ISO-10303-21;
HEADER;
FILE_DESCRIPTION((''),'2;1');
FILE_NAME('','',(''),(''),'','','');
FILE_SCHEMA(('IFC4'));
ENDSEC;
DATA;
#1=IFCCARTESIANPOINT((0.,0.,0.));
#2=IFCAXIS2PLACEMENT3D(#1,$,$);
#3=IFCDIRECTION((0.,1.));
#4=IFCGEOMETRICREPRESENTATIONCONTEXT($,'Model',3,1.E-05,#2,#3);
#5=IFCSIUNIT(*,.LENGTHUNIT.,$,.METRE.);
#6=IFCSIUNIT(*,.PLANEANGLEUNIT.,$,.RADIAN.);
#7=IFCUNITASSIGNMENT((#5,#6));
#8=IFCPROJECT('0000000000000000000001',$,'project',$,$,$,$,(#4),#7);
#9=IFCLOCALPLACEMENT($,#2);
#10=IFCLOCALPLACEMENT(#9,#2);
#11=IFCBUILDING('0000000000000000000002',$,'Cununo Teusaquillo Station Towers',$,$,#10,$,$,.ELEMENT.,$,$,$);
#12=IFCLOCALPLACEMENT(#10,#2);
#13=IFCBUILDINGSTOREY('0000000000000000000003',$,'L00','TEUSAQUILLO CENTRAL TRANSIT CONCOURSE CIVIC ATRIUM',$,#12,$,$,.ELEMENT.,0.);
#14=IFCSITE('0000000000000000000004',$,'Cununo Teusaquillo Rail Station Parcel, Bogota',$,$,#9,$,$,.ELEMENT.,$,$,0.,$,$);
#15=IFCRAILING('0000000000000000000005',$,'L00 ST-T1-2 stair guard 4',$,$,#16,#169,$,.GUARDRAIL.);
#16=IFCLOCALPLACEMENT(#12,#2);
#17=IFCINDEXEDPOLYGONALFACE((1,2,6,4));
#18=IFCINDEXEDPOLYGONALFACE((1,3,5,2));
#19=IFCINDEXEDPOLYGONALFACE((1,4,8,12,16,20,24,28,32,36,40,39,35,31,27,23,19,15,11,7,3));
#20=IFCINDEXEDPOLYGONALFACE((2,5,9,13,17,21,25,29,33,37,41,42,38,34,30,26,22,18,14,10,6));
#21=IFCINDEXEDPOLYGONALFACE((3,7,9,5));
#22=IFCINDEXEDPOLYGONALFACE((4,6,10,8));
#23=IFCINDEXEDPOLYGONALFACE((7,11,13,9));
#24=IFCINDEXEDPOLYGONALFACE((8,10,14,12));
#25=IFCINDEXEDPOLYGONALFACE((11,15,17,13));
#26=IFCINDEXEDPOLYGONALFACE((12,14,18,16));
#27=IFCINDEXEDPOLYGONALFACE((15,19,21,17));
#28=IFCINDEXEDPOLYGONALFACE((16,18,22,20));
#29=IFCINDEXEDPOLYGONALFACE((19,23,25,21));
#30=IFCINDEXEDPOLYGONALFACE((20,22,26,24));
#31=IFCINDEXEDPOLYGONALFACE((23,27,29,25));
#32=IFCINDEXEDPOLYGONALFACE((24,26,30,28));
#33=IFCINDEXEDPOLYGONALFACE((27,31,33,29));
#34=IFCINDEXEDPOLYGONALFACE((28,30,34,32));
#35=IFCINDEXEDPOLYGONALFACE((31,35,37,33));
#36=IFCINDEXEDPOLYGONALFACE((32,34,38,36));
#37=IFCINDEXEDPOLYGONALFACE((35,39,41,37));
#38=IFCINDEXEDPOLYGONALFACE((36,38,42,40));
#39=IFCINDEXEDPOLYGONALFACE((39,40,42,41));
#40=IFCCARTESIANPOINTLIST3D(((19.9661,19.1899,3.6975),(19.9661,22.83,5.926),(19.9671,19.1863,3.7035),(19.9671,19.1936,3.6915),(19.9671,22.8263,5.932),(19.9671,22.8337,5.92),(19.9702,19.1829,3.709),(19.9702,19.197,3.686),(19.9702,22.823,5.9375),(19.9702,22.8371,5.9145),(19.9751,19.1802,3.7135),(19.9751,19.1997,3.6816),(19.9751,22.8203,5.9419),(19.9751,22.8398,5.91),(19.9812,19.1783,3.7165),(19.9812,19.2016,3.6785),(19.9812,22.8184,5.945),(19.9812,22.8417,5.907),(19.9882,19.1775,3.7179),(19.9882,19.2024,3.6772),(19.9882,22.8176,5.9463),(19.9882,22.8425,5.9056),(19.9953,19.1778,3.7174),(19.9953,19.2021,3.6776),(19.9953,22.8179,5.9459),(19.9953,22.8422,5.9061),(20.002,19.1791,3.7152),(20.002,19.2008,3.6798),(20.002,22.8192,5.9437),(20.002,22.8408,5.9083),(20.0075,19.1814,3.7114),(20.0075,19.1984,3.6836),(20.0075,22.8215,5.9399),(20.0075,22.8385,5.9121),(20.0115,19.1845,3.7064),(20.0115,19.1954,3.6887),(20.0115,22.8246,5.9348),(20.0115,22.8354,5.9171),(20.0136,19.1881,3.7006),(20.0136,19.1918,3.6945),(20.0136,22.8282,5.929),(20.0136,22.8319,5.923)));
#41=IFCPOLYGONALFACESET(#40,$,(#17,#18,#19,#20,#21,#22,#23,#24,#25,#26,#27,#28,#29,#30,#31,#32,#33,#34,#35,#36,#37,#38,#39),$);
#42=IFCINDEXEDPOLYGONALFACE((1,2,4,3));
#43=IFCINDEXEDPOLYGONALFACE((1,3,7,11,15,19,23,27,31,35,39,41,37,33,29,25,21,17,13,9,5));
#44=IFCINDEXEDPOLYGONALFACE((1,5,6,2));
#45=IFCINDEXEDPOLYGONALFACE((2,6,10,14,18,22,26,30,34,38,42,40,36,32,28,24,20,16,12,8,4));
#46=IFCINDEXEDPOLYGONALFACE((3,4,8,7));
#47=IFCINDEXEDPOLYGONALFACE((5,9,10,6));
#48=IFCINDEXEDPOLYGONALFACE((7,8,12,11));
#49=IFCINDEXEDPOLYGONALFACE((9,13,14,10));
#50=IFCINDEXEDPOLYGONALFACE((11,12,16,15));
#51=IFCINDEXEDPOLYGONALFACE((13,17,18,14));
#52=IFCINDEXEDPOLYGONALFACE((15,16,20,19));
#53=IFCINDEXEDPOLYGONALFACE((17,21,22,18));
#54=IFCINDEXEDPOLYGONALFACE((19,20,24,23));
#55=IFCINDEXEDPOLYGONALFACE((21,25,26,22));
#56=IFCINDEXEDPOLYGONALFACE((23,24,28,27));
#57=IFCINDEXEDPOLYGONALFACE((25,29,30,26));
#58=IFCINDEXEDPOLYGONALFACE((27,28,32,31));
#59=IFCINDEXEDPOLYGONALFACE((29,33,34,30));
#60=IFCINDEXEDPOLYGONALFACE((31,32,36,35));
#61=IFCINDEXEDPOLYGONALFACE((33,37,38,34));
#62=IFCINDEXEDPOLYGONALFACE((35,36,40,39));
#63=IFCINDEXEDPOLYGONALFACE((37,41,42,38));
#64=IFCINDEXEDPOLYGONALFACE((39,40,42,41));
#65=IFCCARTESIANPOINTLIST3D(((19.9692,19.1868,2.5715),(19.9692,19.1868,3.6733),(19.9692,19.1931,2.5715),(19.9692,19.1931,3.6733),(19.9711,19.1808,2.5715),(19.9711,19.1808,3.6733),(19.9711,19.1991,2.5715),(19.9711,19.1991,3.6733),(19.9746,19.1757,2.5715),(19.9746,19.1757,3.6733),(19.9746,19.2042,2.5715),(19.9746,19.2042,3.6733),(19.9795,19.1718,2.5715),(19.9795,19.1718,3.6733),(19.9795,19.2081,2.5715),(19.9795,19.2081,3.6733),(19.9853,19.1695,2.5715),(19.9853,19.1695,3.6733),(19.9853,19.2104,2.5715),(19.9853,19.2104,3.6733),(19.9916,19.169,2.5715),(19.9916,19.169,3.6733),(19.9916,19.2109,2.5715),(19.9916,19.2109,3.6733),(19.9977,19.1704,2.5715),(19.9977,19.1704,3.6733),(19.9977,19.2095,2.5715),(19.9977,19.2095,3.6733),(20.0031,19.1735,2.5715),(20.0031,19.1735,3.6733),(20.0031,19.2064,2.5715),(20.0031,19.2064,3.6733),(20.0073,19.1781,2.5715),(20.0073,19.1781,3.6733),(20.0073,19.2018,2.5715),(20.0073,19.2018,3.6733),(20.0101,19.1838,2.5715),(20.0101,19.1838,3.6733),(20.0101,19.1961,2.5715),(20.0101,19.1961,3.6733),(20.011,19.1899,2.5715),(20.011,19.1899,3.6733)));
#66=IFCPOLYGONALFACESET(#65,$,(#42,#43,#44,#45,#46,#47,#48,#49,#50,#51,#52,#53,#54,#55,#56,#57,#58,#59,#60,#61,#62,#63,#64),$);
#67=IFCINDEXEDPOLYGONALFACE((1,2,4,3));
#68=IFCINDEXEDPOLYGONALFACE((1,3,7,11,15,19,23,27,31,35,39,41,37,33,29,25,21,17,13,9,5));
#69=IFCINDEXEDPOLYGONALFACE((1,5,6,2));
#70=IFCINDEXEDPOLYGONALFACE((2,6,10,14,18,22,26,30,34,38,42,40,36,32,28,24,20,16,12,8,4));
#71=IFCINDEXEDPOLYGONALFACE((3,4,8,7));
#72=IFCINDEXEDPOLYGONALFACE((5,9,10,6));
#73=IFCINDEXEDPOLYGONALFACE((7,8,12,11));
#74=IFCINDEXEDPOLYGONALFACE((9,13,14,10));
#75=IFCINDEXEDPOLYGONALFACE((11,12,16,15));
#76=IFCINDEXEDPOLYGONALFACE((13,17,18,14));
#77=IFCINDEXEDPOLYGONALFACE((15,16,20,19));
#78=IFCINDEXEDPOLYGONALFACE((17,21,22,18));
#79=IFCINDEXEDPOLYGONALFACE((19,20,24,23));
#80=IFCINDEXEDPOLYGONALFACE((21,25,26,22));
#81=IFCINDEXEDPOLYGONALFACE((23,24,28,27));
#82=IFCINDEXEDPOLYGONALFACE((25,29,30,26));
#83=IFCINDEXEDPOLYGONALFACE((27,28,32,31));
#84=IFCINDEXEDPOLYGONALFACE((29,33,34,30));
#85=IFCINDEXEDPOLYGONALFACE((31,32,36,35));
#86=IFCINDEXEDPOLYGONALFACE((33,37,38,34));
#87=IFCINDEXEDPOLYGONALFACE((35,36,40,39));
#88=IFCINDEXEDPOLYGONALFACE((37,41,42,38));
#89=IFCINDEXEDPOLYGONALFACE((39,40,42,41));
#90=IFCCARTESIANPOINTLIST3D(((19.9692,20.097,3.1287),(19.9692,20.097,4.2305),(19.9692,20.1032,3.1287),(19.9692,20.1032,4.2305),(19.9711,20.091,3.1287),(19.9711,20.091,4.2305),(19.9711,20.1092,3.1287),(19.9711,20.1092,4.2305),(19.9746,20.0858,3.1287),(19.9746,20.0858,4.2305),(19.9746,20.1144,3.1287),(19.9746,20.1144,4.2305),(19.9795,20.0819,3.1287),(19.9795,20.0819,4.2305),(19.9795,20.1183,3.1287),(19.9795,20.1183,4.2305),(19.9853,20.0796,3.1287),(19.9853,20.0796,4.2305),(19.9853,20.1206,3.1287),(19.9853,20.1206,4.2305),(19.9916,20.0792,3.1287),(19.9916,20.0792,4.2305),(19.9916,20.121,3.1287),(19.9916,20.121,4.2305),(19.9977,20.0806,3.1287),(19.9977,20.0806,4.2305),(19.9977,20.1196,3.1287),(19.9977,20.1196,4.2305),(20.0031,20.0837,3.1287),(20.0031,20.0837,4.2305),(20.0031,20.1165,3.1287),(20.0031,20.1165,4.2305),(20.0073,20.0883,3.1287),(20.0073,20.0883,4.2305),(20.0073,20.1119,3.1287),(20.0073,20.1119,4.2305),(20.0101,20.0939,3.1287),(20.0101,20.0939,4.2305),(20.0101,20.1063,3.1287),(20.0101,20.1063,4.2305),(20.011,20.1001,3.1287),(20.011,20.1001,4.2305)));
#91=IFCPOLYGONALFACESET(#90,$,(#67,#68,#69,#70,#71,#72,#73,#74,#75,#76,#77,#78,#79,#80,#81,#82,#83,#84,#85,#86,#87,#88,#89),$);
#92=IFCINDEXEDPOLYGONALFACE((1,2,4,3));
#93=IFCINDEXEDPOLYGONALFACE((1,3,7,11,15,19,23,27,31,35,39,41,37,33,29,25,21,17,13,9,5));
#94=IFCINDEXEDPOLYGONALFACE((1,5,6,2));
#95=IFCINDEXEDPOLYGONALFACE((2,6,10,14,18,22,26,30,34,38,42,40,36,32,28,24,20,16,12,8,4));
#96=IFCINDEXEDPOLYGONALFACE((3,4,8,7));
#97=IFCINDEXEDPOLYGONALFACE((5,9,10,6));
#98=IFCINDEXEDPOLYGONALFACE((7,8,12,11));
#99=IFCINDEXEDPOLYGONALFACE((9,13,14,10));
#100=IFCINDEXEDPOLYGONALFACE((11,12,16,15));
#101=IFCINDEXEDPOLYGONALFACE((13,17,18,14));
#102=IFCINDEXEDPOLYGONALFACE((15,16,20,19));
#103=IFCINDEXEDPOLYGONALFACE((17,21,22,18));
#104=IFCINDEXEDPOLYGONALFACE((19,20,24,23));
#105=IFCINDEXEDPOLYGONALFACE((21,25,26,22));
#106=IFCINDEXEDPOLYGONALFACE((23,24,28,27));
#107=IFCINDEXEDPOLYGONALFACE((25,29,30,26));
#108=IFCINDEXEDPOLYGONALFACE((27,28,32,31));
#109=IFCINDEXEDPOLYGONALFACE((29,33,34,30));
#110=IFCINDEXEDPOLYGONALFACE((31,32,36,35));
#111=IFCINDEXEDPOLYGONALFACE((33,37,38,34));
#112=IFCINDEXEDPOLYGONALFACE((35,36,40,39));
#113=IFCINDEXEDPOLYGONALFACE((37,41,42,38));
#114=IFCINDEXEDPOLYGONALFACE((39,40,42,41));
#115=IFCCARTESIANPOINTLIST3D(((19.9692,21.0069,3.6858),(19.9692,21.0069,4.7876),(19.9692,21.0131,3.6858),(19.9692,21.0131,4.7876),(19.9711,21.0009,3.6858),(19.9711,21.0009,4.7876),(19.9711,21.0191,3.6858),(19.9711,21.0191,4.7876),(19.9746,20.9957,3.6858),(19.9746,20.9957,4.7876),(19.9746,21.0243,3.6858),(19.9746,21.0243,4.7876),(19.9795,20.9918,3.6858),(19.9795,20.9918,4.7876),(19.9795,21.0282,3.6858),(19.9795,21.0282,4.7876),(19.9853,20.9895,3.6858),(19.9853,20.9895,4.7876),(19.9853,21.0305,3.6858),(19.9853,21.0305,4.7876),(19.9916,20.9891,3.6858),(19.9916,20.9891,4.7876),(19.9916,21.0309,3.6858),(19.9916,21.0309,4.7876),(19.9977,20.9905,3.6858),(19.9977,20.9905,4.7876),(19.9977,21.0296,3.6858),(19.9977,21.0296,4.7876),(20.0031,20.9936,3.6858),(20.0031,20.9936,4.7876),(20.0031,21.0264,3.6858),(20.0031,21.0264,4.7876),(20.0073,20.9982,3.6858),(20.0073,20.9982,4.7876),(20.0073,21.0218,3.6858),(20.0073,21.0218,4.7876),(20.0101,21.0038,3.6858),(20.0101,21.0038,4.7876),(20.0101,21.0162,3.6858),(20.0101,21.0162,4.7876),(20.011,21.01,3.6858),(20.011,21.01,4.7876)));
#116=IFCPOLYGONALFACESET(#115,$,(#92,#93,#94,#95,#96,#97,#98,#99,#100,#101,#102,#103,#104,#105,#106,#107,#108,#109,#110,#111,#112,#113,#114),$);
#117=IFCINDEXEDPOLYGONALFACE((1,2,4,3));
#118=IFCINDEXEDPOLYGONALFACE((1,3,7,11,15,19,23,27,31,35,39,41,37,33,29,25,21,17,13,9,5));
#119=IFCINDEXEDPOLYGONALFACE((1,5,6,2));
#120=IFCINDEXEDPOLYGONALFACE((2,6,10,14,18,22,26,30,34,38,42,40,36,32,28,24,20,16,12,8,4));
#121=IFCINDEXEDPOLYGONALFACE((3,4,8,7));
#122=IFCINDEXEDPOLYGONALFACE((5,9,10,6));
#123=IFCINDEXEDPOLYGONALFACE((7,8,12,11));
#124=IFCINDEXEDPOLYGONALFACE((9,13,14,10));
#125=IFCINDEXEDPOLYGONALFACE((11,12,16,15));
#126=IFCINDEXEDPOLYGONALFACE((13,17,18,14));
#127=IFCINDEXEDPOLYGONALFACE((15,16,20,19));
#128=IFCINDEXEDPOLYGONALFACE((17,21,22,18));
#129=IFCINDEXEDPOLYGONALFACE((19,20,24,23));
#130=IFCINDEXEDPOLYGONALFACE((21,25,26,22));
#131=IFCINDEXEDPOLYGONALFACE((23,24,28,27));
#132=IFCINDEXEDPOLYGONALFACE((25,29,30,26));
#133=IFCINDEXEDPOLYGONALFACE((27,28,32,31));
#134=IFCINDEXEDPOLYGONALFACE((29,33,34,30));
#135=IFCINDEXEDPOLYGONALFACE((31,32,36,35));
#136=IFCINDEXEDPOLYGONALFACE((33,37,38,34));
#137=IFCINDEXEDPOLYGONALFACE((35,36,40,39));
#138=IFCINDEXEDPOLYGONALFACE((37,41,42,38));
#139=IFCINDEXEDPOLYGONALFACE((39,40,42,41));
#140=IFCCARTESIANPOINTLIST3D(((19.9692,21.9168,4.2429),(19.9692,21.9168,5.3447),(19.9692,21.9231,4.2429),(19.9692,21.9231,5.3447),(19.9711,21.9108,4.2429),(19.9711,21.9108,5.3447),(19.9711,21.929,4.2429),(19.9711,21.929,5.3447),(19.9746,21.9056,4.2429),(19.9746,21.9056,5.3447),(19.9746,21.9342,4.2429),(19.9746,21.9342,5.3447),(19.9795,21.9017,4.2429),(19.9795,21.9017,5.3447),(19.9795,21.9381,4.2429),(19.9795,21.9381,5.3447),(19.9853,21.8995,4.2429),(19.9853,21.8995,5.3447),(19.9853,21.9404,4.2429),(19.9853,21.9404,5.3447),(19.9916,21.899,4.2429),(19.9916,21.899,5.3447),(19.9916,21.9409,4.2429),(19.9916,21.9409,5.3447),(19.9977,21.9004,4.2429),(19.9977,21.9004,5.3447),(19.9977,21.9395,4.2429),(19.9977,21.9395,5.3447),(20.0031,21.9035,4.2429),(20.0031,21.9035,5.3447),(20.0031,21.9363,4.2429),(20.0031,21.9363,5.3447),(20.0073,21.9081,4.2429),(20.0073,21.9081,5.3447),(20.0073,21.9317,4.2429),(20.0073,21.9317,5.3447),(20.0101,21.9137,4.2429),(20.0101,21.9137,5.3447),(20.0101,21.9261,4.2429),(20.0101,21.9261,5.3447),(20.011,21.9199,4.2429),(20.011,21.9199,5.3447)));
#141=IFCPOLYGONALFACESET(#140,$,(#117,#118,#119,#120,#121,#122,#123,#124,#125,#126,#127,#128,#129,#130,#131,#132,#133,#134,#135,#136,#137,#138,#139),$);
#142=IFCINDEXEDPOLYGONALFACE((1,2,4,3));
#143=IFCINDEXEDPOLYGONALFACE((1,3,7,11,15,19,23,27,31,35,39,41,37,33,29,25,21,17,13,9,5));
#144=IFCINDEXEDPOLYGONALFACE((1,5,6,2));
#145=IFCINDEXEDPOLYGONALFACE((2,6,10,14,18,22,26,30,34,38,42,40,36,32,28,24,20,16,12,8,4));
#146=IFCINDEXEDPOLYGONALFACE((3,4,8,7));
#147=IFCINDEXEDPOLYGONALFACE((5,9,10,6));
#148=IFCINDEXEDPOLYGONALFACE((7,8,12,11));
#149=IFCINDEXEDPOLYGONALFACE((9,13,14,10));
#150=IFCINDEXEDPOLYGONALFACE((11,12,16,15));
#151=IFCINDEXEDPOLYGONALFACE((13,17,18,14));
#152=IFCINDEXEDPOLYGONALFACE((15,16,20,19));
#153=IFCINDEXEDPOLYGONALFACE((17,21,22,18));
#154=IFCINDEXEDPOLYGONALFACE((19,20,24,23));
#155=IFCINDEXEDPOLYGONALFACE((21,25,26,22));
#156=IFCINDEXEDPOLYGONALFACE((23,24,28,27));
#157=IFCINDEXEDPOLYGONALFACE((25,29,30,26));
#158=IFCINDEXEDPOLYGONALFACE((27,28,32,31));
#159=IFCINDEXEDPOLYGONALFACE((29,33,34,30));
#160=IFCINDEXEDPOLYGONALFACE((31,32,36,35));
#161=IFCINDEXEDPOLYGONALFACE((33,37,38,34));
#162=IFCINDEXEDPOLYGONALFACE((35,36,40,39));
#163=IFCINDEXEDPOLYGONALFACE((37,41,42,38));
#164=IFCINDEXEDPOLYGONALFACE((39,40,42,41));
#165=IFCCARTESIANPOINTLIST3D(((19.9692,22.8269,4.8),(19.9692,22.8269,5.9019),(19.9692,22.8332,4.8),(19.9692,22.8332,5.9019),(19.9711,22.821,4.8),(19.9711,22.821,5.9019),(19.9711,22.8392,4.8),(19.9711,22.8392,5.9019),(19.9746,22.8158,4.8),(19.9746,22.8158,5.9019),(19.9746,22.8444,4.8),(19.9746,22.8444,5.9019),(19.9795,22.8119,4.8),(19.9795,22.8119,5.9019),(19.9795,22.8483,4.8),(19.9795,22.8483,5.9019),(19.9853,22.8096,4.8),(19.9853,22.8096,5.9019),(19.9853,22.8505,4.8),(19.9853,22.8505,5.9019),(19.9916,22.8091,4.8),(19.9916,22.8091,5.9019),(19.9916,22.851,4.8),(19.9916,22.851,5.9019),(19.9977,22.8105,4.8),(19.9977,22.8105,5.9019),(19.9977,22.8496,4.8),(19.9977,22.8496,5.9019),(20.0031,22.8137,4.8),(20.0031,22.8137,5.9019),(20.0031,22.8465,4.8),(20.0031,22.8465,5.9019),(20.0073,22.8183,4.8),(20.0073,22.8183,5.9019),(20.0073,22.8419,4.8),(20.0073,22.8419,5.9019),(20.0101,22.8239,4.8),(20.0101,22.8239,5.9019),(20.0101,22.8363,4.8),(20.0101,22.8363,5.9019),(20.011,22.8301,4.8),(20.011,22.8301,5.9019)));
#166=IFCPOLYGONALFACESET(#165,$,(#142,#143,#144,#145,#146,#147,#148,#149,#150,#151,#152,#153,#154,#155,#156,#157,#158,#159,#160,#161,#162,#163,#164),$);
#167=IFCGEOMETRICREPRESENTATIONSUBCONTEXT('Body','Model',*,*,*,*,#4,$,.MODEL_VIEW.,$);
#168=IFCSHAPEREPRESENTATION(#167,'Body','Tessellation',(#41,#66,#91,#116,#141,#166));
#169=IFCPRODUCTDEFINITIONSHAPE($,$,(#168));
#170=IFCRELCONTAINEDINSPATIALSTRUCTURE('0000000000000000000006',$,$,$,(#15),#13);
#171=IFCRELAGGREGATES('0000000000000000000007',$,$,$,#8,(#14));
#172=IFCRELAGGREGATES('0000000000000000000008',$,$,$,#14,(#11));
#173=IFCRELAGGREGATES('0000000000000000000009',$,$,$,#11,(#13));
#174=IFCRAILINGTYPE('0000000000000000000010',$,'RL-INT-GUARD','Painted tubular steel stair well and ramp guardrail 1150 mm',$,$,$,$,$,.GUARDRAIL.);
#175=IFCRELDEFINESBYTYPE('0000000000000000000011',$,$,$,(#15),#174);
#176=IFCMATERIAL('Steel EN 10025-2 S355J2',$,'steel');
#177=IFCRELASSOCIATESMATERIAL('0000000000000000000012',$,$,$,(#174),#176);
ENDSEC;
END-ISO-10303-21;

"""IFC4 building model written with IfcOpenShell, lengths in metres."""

from ifc_helpers import new_model, si_unit, direction, frame, origin, origin_2d, place, context, subcontext, project, spatial, circle, extrude, material, type_object, element, save


model = new_model("IFC4")

# Units and contexts
model_context = context("Model", 3, precision=1e-05, world=origin(), true_north=direction((0.0, 1.0)))
body_context = subcontext(model_context, "Body", "Model", "MODEL_VIEW")
ifc_project = project(units=[si_unit("LENGTHUNIT", "METRE"), si_unit("PLANEANGLEUNIT", "RADIAN")], contexts=[model_context])

# Site, building, storey
site_placement = place(None, origin())
site = spatial("IfcSite", under=ifc_project, at=site_placement, Name="Cununo Teusaquillo Rail Station Parcel, Bogota", CompositionType="ELEMENT", RefElevation=0.0)
building_placement = place(site_placement, origin())
building = spatial("IfcBuilding", under=site, at=building_placement, Name="Cununo Teusaquillo Station Towers", CompositionType="ELEMENT")
storey_placement = place(building_placement, origin())
storey = spatial("IfcBuildingStorey", under=building, at=storey_placement, Name="L00", Description="TEUSAQUILLO CENTRAL TRANSIT CONCOURSE CIVIC ATRIUM", CompositionType="ELEMENT", Elevation=0.0)

# Railing
ifc_material_1 = material(Name="Steel EN 10025-2 S355J2", Category="steel")
railing_type_1 = type_object("IfcRailingType", Name="RL-INT-GUARD", Description="Painted tubular steel stair well and ramp guardrail 1150 mm", PredefinedType="GUARDRAIL", material=ifc_material_1)
railing_1_placement = place(storey_placement, frame((19.99, 19.1899, 2.5715)))
element("IfcRailing", 1, at=railing_1_placement, inside=storey, type_object=railing_type_1, Name="L00 ST-T1-2 stair guard 4", PredefinedType="GUARDRAIL", context=body_context, shape_type="SweptSolid", body=[
    extrude(circle(Radius=0.0239, at=origin_2d()), frame((0.0, 0.0, 1.126), z_axis=(0.0, 0.852866, 0.52213), x_axis=(-1.0, 0.0, 0.0)), (0.0, 0.0, 1.0), 4.2681),
    extrude(circle(Radius=0.021, at=origin_2d()), origin(), (0.0, 0.0, 1.0), 1.1018),
    extrude(circle(Radius=0.021, at=origin_2d()), frame((0.0, 0.9102, 0.5571)), (0.0, 0.0, 1.0), 1.1018),
    extrude(circle(Radius=0.021, at=origin_2d()), frame((0.0, 1.8201, 1.1143)), (0.0, 0.0, 1.0), 1.1018),
    extrude(circle(Radius=0.021, at=origin_2d()), frame((0.0, 2.73, 1.6714)), (0.0, 0.0, 1.0), 1.1018),
    extrude(circle(Radius=0.021, at=origin_2d()), frame((0.0, 3.6401, 2.2285)), (0.0, 0.0, 1.0), 1.1018),
])

save(model, "model.ifc")
